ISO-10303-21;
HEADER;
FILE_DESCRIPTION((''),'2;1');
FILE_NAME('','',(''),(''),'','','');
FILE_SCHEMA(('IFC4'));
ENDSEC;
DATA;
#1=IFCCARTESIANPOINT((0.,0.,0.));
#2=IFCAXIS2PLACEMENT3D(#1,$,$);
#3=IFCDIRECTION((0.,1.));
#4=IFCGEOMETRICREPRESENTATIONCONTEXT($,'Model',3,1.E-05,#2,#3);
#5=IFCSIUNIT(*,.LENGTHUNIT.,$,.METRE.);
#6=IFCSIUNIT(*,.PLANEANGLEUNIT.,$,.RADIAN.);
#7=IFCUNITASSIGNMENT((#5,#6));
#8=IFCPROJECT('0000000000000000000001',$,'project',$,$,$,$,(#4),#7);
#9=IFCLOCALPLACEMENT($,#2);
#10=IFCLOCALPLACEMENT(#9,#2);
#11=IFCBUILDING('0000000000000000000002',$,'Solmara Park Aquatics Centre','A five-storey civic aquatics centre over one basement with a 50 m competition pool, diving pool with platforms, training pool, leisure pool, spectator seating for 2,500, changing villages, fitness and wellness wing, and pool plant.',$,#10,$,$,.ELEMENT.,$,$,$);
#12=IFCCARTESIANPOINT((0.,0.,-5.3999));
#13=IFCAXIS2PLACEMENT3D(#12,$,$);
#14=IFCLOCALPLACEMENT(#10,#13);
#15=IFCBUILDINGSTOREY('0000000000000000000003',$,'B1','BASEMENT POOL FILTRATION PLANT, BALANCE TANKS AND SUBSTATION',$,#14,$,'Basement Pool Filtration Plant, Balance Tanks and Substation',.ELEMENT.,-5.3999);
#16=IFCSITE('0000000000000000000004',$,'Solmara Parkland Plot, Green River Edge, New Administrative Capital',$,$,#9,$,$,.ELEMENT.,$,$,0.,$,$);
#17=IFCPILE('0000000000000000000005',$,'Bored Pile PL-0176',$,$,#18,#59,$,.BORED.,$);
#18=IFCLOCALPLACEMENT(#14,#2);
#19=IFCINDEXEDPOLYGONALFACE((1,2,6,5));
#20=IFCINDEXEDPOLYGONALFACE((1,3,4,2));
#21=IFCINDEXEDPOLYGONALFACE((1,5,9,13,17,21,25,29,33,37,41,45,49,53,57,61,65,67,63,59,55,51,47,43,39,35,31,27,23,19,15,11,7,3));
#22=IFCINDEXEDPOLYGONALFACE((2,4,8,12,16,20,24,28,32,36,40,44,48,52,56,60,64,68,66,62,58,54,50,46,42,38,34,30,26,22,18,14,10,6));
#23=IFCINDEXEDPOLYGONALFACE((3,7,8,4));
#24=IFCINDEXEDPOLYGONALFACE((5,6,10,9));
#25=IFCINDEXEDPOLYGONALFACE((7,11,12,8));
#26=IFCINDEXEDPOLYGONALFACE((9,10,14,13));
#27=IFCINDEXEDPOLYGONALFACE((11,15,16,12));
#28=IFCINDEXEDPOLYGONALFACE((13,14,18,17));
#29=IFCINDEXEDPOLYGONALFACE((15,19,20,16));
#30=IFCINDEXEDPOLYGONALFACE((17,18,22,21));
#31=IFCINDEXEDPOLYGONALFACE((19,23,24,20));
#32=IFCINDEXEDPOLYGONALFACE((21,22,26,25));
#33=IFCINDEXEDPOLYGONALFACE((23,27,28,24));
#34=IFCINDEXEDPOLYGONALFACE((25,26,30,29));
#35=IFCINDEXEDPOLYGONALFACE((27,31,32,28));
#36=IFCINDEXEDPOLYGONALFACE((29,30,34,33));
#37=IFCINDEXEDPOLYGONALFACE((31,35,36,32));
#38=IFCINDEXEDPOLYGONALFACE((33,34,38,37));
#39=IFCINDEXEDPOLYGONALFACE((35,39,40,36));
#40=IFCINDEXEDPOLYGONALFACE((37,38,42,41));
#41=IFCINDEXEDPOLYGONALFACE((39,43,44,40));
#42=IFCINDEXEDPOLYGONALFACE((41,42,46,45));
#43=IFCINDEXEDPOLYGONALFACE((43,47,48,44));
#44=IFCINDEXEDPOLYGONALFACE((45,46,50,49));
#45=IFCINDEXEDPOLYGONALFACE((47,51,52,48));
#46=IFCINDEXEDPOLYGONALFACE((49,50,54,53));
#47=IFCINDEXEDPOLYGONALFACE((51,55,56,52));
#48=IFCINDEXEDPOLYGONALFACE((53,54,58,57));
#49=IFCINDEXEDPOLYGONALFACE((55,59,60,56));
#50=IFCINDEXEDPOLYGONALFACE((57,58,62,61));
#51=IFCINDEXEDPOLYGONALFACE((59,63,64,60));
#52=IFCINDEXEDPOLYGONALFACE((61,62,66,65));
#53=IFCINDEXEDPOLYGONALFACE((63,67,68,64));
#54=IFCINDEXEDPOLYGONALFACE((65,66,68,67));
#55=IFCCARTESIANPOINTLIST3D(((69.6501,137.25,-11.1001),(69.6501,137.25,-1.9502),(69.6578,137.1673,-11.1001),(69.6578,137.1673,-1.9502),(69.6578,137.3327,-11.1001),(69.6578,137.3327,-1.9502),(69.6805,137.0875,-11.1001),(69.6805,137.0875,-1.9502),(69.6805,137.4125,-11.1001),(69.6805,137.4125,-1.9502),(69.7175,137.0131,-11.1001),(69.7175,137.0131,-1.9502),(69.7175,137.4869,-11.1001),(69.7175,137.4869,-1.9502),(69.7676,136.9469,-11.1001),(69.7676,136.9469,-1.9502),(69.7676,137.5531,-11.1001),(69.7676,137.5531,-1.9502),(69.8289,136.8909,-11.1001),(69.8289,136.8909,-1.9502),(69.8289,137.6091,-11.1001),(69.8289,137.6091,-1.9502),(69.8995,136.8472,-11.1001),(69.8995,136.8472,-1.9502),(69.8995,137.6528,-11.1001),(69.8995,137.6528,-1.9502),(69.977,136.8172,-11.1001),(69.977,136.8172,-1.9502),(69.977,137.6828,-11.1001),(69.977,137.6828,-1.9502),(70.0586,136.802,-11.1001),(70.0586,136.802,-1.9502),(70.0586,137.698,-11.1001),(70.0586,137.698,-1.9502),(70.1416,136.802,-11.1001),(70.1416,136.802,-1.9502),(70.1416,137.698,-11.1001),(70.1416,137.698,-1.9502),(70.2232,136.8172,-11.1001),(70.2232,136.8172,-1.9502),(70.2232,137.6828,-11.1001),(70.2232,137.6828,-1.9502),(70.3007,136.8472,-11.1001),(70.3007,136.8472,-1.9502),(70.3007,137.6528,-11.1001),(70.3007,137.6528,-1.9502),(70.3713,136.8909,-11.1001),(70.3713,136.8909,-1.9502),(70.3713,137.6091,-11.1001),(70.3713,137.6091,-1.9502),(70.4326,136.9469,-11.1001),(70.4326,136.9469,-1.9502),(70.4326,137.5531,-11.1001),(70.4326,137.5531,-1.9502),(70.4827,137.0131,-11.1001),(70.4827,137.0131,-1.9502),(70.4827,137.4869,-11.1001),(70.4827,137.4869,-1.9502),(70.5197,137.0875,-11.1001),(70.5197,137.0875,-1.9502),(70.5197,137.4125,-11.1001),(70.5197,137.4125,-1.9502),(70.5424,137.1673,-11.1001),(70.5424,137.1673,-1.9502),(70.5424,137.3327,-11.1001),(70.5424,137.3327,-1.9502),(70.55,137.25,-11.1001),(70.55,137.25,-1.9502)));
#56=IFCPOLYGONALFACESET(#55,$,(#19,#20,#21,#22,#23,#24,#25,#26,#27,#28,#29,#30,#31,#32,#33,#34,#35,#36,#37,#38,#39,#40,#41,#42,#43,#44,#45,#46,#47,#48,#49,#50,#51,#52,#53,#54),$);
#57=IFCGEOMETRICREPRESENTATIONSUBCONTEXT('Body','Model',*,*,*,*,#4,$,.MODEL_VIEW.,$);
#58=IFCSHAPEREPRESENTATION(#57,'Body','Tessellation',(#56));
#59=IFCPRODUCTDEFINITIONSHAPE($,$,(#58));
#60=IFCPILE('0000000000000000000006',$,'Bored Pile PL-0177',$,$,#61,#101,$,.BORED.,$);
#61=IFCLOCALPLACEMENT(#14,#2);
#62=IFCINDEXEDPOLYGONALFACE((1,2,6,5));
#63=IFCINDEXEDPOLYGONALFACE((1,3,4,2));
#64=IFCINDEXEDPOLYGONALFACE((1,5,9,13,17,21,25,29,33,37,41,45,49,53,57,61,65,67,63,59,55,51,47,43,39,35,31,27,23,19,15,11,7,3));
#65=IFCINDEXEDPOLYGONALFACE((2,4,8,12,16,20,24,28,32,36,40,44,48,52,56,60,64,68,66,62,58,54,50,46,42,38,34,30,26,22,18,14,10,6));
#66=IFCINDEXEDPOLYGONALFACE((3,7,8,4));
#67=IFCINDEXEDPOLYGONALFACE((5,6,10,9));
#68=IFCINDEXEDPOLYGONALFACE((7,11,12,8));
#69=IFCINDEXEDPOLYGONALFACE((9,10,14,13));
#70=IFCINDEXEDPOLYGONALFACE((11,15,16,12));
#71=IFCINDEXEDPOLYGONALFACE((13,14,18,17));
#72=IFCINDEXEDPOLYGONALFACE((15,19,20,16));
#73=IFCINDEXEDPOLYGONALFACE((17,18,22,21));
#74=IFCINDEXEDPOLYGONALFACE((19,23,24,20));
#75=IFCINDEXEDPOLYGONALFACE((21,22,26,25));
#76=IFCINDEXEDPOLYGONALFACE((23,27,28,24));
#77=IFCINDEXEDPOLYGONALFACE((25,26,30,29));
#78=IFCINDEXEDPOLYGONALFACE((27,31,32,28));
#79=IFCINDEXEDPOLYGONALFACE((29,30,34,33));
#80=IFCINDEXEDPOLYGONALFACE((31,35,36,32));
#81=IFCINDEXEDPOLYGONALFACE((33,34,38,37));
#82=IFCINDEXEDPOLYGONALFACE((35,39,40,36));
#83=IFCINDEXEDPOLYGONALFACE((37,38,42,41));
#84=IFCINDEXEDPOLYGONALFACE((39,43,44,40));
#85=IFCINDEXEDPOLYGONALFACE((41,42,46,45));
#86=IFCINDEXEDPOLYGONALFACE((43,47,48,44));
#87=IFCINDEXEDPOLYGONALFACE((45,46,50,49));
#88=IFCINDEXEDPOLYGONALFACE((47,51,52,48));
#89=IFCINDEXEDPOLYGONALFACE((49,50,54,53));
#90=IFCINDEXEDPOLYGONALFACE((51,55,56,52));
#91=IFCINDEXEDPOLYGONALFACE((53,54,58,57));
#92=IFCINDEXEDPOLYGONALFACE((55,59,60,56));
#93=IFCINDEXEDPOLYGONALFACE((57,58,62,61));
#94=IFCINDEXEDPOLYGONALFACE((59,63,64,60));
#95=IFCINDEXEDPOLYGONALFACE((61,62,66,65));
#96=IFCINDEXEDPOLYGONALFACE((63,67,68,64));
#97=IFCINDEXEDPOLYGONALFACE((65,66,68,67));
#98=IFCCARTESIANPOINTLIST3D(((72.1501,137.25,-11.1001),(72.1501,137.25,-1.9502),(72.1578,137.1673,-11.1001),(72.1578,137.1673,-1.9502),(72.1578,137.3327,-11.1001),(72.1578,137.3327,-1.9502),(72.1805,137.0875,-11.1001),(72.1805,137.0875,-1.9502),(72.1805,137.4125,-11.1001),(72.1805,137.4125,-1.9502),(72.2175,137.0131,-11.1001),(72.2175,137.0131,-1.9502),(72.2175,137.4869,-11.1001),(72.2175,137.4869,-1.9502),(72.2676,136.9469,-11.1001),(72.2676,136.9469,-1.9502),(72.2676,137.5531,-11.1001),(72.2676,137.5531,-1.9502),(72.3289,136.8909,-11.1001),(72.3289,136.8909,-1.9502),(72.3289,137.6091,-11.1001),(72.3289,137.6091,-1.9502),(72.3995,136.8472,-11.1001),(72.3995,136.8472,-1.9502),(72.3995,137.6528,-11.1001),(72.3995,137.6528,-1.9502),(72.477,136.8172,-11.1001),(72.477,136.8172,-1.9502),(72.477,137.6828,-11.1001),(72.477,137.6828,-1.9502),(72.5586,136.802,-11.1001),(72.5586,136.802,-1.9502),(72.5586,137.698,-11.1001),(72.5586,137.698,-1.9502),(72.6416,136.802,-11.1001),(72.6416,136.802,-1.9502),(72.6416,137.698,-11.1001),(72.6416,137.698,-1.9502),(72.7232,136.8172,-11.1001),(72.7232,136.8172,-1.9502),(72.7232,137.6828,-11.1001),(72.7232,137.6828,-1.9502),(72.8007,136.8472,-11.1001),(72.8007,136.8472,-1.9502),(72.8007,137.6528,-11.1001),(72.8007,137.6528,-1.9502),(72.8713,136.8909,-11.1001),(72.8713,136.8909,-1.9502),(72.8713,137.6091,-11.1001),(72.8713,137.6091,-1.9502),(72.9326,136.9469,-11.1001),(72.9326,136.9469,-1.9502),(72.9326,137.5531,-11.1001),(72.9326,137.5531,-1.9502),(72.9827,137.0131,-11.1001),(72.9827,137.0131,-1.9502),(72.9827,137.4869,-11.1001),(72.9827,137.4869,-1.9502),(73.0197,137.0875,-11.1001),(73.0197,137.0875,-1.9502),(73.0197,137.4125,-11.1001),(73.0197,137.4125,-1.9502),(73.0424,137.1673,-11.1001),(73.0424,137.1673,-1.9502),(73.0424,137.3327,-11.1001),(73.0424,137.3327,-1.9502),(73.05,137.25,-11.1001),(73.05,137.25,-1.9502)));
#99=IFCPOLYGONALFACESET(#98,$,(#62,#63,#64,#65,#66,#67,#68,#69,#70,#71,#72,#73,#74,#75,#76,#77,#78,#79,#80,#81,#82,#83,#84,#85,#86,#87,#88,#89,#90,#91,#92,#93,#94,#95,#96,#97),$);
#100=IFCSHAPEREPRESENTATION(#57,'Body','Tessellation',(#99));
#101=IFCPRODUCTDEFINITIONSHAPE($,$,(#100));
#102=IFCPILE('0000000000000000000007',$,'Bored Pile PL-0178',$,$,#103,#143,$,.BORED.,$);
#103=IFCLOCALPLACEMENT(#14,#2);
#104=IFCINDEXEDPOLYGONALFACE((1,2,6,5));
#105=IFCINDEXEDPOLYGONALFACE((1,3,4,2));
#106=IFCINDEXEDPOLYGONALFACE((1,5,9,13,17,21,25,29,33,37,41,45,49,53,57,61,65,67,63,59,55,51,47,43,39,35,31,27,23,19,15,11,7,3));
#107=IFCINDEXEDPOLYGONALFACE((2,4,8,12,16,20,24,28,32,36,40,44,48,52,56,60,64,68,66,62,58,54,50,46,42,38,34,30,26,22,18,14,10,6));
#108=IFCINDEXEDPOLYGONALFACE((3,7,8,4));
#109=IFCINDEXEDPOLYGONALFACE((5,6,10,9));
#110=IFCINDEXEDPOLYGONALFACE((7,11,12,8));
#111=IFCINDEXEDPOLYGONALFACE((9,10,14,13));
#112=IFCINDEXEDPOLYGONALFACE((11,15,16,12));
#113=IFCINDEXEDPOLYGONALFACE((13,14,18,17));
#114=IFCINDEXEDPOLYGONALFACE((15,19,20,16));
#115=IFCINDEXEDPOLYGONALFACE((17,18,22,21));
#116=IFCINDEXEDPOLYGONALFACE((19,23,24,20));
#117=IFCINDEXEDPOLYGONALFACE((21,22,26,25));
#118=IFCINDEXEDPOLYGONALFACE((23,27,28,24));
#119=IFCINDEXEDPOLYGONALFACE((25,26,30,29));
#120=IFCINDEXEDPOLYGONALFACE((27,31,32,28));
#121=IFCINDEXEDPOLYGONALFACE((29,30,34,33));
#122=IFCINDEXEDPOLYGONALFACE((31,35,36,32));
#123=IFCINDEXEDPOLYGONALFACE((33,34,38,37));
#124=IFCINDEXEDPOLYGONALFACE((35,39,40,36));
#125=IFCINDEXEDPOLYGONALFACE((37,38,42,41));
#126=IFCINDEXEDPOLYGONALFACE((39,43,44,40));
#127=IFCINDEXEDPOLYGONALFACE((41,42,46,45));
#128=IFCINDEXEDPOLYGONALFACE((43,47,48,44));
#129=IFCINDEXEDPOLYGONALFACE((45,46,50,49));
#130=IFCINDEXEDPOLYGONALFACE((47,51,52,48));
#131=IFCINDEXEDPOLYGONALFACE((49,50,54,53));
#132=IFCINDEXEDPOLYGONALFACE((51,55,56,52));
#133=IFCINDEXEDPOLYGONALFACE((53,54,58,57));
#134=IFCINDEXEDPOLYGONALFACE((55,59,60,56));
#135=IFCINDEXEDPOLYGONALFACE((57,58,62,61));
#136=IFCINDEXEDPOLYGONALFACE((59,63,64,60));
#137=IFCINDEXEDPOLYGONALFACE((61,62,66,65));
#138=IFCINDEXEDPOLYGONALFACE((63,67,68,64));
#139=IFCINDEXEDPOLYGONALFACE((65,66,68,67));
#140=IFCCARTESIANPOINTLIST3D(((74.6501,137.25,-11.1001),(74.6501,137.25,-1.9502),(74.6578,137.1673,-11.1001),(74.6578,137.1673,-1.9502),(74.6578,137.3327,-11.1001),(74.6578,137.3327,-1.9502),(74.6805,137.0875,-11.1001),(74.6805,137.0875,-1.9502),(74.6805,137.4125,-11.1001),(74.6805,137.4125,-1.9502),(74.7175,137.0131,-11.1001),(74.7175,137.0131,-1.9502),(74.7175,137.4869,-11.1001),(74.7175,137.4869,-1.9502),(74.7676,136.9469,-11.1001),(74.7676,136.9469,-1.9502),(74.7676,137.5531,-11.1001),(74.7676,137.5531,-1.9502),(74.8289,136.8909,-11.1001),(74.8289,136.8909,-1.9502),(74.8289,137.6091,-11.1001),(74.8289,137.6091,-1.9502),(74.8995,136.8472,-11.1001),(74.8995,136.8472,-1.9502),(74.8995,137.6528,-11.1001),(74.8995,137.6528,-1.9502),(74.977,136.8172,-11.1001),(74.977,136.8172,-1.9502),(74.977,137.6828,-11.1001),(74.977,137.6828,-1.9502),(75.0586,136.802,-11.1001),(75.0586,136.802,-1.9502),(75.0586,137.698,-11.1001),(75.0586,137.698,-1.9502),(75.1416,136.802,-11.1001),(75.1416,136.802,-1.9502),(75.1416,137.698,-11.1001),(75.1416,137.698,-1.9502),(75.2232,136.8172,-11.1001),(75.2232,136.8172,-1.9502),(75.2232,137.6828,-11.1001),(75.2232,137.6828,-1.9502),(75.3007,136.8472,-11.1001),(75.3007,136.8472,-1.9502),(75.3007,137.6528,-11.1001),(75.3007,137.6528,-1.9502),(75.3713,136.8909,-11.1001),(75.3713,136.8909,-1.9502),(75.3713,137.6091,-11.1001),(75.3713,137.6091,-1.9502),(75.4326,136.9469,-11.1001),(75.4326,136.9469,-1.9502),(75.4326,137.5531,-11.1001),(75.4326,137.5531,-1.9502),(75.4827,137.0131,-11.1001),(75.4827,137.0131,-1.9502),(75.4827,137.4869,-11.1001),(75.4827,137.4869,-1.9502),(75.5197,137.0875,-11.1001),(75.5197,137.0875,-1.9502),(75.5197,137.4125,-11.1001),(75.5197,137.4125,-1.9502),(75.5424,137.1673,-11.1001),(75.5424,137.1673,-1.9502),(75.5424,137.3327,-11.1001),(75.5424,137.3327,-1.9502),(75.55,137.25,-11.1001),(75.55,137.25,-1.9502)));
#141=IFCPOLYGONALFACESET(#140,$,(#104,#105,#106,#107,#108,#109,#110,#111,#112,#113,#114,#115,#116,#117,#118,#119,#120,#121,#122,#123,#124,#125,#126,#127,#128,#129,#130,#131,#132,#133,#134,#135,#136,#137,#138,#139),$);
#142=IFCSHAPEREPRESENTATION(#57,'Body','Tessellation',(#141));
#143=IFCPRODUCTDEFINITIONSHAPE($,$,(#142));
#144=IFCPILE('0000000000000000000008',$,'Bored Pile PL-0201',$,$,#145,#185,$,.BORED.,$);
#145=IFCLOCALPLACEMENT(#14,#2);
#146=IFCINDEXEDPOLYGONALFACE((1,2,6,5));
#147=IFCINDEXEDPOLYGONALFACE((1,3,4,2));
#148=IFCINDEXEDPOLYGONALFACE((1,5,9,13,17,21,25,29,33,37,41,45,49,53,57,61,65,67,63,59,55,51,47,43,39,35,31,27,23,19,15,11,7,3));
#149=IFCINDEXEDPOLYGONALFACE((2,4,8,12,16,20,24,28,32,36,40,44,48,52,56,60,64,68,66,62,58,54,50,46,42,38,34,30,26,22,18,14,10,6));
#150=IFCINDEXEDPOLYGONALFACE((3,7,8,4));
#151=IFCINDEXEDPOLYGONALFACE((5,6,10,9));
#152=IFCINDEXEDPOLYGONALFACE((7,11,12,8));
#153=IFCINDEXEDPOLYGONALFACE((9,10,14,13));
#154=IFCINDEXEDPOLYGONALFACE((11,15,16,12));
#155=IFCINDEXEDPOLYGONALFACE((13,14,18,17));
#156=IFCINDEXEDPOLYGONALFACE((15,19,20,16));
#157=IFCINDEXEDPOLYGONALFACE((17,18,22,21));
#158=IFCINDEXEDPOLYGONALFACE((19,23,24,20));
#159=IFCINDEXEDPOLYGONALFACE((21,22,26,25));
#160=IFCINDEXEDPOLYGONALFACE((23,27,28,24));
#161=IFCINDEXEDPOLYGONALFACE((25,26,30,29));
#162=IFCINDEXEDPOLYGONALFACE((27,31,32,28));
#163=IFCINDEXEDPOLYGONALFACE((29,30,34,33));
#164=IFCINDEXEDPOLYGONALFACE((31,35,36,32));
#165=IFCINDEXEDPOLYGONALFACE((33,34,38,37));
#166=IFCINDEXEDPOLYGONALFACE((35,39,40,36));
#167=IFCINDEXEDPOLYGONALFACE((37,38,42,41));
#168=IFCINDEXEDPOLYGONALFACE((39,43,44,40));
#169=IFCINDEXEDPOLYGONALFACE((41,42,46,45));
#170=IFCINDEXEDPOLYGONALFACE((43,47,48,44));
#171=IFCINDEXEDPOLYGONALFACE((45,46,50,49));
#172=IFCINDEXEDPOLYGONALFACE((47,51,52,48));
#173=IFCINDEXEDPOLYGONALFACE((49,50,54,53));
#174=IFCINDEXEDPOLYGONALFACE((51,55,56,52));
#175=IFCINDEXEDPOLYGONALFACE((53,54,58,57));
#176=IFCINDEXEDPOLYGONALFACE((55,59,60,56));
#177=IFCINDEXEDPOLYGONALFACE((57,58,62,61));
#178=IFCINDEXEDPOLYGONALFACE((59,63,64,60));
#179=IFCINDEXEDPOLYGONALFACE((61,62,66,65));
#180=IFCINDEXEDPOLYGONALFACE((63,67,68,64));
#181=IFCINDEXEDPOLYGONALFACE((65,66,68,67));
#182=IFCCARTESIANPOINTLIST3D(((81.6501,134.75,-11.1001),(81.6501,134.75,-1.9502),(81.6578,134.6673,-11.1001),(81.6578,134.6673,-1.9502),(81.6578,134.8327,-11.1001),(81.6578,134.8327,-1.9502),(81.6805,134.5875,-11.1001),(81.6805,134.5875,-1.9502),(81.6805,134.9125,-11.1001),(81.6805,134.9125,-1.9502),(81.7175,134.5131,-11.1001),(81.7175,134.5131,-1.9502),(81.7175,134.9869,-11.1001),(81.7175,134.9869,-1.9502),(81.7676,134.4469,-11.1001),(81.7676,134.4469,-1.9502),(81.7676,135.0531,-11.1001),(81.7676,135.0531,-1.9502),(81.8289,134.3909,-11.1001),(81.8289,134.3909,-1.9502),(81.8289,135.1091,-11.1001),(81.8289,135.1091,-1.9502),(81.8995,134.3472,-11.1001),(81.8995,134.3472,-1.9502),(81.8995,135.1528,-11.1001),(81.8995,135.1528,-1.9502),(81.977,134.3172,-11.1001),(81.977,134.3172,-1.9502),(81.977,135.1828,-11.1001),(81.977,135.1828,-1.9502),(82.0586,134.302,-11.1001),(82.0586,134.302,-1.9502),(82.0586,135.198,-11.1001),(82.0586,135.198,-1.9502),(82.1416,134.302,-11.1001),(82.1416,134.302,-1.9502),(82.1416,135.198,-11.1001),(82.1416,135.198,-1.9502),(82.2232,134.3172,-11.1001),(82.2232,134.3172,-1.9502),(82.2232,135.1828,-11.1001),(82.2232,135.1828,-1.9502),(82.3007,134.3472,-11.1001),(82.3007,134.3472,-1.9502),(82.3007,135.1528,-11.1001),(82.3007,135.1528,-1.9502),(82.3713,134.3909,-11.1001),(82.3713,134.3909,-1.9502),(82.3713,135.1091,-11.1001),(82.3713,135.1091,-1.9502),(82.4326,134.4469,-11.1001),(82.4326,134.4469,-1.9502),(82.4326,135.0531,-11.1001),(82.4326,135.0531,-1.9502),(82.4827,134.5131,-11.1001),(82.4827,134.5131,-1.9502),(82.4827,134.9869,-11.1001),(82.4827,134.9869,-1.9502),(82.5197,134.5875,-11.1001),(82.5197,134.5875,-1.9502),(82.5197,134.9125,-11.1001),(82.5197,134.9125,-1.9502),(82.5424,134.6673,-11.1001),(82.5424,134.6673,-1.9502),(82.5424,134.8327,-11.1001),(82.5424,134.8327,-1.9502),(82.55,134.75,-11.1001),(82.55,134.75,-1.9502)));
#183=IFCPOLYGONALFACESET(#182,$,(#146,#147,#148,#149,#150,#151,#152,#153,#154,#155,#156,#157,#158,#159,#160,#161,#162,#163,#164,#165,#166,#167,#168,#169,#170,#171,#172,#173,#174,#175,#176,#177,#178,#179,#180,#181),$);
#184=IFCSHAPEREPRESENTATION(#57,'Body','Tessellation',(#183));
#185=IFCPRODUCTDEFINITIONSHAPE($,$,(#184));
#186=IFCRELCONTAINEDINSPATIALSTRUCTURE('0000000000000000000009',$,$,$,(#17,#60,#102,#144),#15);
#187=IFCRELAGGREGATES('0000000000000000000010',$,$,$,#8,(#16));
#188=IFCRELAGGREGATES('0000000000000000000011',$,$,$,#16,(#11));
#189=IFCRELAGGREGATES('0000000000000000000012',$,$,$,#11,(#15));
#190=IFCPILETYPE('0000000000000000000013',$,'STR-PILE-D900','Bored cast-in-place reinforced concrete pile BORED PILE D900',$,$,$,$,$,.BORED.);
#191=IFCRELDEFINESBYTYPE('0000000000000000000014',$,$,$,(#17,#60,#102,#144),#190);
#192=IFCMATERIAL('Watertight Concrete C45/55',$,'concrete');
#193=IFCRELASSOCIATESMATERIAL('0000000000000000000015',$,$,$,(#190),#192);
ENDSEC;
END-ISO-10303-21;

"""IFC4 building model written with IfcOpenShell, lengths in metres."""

from ifc_helpers import new_model, si_unit, direction, frame, origin, origin_2d, place, context, subcontext, project, spatial, circle, extrude, material, material_profile, profile_set, type_object, element, save


model = new_model("IFC4")

# Units and contexts
model_context = context("Model", 3, precision=1e-05, world=origin(), true_north=direction((0.0, 1.0)))
body_context = subcontext(model_context, "Body", "Model", "MODEL_VIEW")
ifc_project = project(units=[si_unit("LENGTHUNIT", "METRE"), si_unit("PLANEANGLEUNIT", "RADIAN")], contexts=[model_context])

# Site, building, storey
site_placement = place(None, origin())
site = spatial("IfcSite", under=ifc_project, at=site_placement, Name="Solmara Parkland Plot, Green River Edge, New Administrative Capital", CompositionType="ELEMENT", RefElevation=0.0)
building_placement = place(site_placement, origin())
building = spatial("IfcBuilding", under=site, at=building_placement, Name="Solmara Park Aquatics Centre", Description="A five-storey civic aquatics centre over one basement with a 50 m competition pool, diving pool with platforms, training pool, leisure pool, spectator seating for 2,500, changing villages, fitness and wellness wing, and pool plant.", CompositionType="ELEMENT")
storey_placement = place(building_placement, frame((0.0, 0.0, -5.3999)))
storey = spatial("IfcBuildingStorey", under=building, at=storey_placement, Name="B1", Description="BASEMENT POOL FILTRATION PLANT, BALANCE TANKS AND SUBSTATION", LongName="Basement Pool Filtration Plant, Balance Tanks and Substation", CompositionType="ELEMENT", Elevation=-5.3999)

# Shared definitions
ifc_material_1 = material(Name="Watertight Concrete C45/55", Category="concrete")

# Piles
ifc_material_profile_1 = material_profile(ifc_material_1, circle(Radius=0.45, at=origin_2d()), Name="BORED PILE D900")
ifc_profile_set_1 = profile_set([ifc_material_profile_1], Name="Watertight Concrete C45/55")
pile_type = type_object("IfcPileType", Name="STR-PILE-D900", Description="Bored cast-in-place reinforced concrete pile BORED PILE D900", PredefinedType="BORED", material=ifc_profile_set_1)
for number, where, z_axis, x_axis, name in (
    (1, (70.1001, 137.25, -1.9502), (0.0, 0.0, -1.0), (1.0, 0.0, 0.0), "Bored Pile PL-0176"),
    (2, (72.6001, 137.25, -1.9502), (0.0, 0.0, -1.0), (1.0, 0.0, 0.0), "Bored Pile PL-0177"),
    (3, (75.1001, 137.25, -1.9502), (0.0, 0.0, -1.0), (1.0, 0.0, 0.0), "Bored Pile PL-0178"),
    (4, (82.1001, 134.75, -1.9502), (0.0, 0.0, -1.0), (1.0, 0.0, 0.0), "Bored Pile PL-0201"),
):
    element("IfcPile", number, at=place(storey_placement, frame(where, z_axis=z_axis, x_axis=x_axis)), inside=storey, type_object=pile_type, Name=name, PredefinedType="BORED", context=body_context, shape_type="SweptSolid", body=[
        extrude(circle(Radius=0.45, at=origin_2d()), origin(), (0.0, 0.0, 1.0), 9.1499),
    ])

save(model, "model.ifc")
